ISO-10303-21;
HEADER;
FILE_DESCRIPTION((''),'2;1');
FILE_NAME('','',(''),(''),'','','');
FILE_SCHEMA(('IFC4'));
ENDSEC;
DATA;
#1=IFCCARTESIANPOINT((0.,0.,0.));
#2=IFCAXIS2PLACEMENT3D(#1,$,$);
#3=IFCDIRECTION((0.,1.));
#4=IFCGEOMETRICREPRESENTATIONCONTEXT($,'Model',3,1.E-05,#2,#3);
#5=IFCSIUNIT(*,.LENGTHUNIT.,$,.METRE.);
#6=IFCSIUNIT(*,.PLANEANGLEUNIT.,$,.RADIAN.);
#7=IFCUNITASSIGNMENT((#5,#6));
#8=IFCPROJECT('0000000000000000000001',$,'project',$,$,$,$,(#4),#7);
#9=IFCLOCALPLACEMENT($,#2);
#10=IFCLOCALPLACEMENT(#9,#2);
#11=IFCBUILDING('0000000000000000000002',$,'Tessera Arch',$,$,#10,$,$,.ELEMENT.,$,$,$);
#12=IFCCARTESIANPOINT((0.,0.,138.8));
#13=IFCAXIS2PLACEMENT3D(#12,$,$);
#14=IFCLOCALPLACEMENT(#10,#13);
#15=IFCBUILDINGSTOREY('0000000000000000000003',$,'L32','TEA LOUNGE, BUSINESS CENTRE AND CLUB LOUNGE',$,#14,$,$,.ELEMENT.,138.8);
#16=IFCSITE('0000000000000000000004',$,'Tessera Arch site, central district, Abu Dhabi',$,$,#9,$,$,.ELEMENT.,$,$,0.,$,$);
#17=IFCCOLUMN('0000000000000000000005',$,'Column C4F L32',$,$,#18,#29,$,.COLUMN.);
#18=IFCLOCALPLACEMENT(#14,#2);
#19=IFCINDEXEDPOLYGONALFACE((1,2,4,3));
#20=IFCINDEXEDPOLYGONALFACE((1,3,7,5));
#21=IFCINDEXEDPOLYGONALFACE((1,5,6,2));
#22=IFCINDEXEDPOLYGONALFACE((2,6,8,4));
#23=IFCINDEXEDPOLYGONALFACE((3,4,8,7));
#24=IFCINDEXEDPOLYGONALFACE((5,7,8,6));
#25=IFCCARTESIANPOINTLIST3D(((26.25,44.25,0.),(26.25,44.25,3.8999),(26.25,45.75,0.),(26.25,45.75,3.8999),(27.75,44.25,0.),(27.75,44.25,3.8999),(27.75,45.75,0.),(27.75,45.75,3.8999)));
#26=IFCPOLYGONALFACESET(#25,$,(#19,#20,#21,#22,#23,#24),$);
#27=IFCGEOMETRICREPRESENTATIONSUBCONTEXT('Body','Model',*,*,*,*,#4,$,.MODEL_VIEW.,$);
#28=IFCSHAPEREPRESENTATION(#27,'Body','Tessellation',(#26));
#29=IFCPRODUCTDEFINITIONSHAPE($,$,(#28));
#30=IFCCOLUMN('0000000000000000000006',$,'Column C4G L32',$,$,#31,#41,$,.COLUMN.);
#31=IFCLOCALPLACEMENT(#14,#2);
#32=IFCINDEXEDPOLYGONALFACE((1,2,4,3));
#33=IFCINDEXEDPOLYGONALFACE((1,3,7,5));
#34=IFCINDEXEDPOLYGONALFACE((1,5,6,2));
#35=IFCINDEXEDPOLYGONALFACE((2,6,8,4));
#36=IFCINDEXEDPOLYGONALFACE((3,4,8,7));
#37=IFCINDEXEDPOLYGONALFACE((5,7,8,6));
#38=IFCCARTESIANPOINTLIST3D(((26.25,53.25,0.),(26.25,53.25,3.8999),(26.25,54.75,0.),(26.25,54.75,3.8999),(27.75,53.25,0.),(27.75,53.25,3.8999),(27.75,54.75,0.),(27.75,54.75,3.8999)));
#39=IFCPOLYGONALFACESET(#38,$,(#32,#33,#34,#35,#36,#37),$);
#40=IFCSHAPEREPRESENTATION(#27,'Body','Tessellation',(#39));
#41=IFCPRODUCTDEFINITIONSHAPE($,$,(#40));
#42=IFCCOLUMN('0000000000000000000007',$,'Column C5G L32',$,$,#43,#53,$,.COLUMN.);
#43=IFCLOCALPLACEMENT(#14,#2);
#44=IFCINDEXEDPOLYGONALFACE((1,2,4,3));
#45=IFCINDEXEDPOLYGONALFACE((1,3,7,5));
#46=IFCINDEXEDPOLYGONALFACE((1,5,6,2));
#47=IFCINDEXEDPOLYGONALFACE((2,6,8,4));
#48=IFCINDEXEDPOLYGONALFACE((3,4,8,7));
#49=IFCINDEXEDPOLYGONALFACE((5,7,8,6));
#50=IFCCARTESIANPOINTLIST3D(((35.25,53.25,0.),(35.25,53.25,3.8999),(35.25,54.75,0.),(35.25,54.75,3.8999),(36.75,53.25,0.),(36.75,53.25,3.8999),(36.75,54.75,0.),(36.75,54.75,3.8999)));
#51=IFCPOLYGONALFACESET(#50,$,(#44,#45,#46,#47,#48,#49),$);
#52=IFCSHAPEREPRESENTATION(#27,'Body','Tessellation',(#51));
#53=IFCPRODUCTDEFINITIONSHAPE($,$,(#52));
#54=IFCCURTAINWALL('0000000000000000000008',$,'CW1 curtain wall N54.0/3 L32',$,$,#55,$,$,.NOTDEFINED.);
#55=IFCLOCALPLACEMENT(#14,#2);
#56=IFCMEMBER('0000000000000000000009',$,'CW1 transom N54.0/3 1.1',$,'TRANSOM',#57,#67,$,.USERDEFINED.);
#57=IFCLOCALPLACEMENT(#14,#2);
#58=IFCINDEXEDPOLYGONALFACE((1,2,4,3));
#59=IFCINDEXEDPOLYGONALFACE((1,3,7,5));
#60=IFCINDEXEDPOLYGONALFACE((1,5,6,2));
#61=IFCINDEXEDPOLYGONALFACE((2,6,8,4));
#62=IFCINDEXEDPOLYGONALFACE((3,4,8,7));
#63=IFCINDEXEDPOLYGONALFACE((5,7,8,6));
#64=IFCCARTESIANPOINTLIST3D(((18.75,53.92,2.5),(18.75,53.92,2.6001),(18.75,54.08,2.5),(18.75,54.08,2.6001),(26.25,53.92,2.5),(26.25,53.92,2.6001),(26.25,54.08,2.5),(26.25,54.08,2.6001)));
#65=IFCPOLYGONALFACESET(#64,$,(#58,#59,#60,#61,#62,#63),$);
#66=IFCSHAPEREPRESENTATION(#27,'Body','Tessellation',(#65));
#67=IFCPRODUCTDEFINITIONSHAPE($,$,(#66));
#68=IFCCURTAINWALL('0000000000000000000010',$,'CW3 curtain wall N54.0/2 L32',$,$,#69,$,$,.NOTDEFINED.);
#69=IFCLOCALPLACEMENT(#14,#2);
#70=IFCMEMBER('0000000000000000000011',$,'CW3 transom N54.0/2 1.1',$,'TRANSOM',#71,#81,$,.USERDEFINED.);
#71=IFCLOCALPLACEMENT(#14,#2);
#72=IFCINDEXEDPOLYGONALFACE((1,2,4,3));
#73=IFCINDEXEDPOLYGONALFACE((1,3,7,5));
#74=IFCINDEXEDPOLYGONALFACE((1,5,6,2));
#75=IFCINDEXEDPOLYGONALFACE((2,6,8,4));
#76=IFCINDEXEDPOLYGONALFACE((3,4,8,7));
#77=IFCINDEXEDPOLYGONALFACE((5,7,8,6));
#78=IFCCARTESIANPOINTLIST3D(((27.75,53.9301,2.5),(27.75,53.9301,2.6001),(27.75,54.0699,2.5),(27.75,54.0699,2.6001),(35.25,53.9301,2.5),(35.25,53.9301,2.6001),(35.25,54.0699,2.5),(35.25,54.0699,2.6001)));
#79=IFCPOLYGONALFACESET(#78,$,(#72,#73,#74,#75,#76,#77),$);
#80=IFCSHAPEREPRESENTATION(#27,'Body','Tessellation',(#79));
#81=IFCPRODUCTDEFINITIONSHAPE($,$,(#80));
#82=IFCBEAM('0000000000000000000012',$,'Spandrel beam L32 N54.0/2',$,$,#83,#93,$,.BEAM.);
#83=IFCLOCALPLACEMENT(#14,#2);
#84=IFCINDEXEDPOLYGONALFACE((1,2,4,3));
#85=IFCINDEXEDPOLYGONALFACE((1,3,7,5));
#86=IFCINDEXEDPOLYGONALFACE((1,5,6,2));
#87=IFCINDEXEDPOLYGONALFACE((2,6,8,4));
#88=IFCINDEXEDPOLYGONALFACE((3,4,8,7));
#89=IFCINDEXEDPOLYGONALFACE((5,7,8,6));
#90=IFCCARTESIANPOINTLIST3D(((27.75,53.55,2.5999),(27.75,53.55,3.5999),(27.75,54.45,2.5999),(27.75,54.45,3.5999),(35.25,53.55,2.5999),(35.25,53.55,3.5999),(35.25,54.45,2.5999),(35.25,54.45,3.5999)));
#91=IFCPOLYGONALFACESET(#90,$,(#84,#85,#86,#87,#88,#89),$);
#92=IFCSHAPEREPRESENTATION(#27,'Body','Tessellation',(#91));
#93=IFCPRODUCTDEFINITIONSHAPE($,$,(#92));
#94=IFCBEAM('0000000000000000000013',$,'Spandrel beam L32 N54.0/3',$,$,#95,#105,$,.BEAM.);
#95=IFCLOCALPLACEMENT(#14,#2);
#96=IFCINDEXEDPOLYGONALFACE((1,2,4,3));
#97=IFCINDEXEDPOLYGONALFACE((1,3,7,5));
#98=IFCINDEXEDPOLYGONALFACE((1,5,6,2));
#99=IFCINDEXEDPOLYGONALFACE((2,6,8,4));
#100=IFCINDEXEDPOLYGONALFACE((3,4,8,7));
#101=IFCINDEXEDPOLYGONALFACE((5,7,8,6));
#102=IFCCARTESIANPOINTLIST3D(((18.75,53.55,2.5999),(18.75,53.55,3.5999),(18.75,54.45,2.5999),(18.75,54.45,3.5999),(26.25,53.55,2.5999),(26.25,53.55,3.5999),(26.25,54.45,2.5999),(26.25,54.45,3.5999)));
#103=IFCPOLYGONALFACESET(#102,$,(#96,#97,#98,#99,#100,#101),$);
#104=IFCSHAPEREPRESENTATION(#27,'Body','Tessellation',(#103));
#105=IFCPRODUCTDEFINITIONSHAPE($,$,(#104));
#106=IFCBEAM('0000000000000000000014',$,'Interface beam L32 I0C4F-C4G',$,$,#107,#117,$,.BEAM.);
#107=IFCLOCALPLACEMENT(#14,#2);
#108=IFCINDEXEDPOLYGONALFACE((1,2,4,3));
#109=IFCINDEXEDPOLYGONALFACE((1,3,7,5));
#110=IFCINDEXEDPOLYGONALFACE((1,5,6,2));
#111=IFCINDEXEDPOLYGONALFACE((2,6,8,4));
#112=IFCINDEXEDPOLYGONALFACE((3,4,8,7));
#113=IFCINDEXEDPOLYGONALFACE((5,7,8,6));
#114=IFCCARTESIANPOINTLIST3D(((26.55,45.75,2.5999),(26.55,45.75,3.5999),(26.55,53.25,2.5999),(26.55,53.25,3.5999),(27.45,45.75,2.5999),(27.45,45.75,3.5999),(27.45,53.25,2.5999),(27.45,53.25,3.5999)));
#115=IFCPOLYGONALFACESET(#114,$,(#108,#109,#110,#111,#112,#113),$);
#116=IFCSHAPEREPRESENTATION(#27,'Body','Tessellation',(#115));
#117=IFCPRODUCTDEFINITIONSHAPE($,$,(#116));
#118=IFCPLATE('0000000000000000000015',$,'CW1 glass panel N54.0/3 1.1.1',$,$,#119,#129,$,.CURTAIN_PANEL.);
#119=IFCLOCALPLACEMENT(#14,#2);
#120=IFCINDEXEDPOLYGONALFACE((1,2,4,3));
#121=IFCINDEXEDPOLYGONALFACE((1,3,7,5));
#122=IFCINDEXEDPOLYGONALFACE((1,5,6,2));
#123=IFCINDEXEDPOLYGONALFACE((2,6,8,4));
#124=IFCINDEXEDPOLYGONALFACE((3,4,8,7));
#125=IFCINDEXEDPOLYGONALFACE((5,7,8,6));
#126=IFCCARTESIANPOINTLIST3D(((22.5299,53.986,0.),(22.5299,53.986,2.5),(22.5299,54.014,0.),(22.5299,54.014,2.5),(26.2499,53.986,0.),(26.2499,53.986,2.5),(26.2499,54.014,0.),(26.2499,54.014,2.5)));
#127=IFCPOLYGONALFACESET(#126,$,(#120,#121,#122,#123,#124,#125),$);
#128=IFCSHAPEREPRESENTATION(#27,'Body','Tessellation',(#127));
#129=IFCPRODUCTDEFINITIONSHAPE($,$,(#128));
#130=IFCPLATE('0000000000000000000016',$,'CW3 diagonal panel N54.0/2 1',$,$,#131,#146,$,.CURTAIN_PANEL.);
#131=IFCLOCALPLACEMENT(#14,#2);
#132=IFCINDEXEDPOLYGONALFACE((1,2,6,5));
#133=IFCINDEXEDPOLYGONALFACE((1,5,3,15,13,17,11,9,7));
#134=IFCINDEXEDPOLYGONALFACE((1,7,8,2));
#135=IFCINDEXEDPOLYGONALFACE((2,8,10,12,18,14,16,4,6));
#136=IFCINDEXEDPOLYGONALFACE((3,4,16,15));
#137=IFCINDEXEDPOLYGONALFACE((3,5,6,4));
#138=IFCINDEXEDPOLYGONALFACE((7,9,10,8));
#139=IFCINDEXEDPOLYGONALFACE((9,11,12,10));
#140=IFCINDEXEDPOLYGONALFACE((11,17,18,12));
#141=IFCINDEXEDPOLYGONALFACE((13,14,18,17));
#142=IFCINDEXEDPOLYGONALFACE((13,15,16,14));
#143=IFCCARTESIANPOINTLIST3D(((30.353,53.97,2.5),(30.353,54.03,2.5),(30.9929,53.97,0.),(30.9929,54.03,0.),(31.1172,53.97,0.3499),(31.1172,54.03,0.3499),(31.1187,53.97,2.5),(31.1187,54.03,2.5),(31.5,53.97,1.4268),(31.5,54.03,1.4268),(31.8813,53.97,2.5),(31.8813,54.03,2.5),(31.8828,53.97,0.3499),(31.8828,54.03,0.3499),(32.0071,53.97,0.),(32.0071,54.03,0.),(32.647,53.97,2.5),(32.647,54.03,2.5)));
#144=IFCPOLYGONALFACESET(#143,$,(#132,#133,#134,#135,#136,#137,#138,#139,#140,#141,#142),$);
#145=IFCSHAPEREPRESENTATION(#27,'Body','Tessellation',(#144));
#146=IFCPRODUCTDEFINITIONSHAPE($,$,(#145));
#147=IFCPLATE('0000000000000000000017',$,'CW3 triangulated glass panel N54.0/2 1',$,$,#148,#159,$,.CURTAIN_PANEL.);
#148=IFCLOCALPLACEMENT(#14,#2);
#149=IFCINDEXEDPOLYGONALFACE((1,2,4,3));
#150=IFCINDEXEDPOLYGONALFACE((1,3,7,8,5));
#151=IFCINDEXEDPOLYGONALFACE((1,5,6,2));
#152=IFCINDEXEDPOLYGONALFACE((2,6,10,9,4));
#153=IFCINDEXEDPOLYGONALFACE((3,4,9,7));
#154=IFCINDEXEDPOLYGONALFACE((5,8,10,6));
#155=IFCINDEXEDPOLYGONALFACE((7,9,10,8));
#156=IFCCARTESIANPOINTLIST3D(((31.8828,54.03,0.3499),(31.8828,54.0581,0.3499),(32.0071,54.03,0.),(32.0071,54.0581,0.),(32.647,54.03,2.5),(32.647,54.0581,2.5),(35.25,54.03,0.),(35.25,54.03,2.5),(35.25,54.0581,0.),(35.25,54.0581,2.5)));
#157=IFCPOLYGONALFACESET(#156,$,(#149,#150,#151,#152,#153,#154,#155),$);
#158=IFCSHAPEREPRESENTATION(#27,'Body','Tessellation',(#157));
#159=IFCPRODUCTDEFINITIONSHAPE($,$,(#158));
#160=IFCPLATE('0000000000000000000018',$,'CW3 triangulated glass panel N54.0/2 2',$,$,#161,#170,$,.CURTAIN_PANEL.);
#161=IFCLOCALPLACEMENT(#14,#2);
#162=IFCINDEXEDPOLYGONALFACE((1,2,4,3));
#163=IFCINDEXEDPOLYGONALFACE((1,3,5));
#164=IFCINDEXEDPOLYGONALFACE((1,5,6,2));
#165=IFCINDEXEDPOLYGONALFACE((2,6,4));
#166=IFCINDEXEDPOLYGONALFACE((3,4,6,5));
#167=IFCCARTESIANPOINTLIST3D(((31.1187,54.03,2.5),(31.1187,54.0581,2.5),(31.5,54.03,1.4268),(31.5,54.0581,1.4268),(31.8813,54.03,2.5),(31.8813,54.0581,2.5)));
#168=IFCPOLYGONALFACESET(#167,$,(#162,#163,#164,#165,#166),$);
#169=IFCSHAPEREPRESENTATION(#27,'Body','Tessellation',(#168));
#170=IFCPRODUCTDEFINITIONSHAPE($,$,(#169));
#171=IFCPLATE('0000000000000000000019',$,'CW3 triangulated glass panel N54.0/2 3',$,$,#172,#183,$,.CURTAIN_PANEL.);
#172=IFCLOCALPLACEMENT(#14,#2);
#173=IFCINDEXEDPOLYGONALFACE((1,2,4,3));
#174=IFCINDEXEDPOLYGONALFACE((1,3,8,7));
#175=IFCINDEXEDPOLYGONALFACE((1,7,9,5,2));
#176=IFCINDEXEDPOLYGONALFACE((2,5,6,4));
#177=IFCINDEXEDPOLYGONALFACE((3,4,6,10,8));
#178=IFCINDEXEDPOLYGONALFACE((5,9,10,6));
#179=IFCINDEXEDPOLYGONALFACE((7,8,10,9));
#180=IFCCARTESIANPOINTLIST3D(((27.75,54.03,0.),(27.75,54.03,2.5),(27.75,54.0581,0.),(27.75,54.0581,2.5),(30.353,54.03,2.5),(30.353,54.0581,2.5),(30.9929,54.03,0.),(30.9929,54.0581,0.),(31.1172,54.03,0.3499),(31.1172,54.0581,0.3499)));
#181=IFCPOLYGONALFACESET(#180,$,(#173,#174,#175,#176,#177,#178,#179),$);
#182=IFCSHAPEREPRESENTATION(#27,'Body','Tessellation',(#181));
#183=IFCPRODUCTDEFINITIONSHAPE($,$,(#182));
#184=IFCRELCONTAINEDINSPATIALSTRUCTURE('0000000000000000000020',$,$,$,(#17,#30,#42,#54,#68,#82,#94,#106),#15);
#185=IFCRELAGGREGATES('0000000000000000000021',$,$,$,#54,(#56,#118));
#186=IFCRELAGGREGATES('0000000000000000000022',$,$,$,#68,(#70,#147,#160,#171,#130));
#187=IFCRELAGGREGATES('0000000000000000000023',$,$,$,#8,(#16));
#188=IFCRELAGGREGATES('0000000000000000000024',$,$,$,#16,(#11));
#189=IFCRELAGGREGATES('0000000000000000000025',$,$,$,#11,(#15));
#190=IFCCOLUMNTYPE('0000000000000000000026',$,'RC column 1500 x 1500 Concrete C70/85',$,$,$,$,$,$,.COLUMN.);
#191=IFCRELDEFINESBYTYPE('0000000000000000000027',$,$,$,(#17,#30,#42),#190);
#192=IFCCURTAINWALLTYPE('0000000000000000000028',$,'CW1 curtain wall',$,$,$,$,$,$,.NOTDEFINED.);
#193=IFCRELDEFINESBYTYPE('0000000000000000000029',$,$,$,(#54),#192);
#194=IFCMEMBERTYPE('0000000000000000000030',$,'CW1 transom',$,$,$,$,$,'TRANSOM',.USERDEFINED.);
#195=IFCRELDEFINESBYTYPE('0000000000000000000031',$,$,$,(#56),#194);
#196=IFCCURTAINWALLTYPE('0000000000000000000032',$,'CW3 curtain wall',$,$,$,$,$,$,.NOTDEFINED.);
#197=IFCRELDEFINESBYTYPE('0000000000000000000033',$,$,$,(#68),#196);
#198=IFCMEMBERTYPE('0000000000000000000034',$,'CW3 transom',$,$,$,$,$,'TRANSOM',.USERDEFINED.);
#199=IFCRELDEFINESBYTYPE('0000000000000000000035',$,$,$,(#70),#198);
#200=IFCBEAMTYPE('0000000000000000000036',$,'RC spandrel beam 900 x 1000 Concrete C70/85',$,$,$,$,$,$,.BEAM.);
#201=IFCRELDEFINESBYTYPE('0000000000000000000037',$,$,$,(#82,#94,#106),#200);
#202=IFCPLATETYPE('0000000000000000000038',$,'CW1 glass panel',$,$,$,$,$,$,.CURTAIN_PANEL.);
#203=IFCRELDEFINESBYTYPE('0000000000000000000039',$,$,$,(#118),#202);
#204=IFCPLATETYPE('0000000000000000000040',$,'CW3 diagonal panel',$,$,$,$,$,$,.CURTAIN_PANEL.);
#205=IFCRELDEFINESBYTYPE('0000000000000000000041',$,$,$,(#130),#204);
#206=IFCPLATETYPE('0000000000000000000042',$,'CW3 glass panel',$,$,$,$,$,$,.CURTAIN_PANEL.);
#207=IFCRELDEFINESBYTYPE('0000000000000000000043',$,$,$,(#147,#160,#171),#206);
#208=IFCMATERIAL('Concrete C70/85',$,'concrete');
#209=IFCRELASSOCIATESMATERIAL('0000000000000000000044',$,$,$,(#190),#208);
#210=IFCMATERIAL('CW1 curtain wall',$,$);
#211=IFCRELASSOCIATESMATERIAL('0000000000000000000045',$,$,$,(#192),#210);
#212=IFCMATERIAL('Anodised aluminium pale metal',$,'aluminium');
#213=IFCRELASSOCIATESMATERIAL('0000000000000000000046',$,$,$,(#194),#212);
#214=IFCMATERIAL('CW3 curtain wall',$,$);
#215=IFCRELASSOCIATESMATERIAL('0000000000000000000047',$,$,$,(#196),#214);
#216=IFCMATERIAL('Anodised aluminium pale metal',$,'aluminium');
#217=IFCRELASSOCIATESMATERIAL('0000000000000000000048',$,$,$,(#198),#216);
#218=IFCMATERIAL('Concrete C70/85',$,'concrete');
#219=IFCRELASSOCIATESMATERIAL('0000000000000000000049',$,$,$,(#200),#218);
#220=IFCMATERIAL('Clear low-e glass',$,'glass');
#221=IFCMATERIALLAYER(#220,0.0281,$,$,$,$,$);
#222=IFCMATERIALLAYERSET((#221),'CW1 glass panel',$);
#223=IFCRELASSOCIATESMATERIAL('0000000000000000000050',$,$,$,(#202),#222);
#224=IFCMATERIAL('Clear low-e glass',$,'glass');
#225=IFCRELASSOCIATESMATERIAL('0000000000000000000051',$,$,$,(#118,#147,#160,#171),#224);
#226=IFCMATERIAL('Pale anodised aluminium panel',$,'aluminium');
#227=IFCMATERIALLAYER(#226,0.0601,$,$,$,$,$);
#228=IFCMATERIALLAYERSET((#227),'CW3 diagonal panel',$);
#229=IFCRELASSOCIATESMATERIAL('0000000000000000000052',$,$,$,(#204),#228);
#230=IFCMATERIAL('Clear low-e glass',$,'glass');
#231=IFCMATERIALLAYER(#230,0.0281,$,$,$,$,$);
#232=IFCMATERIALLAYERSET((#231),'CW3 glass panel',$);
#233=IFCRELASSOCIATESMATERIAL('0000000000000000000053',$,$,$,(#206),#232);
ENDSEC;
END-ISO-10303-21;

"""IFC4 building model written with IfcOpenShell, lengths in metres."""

from ifc_helpers import new_model, si_unit, direction, frame, origin, origin_2d, place, context, subcontext, project, spatial, polyline, rectangle, outline, extrude, material, layer, layer_set, material_profile, profile_set, type_object, element, aggregate, save


model = new_model("IFC4")

# Units and contexts
model_context = context("Model", 3, precision=1e-05, world=origin(), true_north=direction((0.0, 1.0)))
body_context = subcontext(model_context, "Body", "Model", "MODEL_VIEW")
ifc_project = project(units=[si_unit("LENGTHUNIT", "METRE"), si_unit("PLANEANGLEUNIT", "RADIAN")], contexts=[model_context])

# Site, building, storey
site_placement = place(None, origin())
site = spatial("IfcSite", under=ifc_project, at=site_placement, Name="Tessera Arch site, central district, Abu Dhabi", CompositionType="ELEMENT", RefElevation=0.0)
building_placement = place(site_placement, origin())
building = spatial("IfcBuilding", under=site, at=building_placement, Name="Tessera Arch", CompositionType="ELEMENT")
storey_placement = place(building_placement, frame((0.0, 0.0, 138.8)))
storey = spatial("IfcBuildingStorey", under=building, at=storey_placement, Name="L32", Description="TEA LOUNGE, BUSINESS CENTRE AND CLUB LOUNGE", CompositionType="ELEMENT", Elevation=138.8)

# Columns
ifc_material_1 = material(Name="Concrete C70/85", Category="concrete")
ifc_material_profile_1 = material_profile(ifc_material_1, rectangle(XDim=1.5, YDim=1.5, at=origin_2d()), Name="RC column 1500 x 1500 Concrete C70/85")
ifc_profile_set_1 = profile_set([ifc_material_profile_1], Name="Concrete C70/85")
column_type = type_object("IfcColumnType", Name="RC column 1500 x 1500 Concrete C70/85", PredefinedType="COLUMN", material=ifc_profile_set_1)
for number, where, z_axis, x_axis, name in (
    (1, (27.0, 45.0, 0.0), (0.0, 0.0, 1.0), (1.0, 0.0, 0.0), "Column C4F L32"),
    (2, (27.0, 54.0, 0.0), (0.0, 0.0, 1.0), (1.0, 0.0, 0.0), "Column C4G L32"),
    (3, (36.0, 54.0, 0.0), (0.0, 0.0, 1.0), (1.0, 0.0, 0.0), "Column C5G L32"),
):
    element("IfcColumn", number, at=place(storey_placement, frame(where, z_axis=z_axis, x_axis=x_axis)), inside=storey, type_object=column_type, Name=name, PredefinedType="COLUMN", context=body_context, shape_type="SweptSolid", body=[
        extrude(rectangle(XDim=1.5, YDim=1.5, at=origin_2d()), origin(), (0.0, 0.0, 1.0), 3.8999),
    ])

# Curtain walls, members
ifc_material_2 = material(Name="CW1 curtain wall")
curtain_wall_type_1 = type_object("IfcCurtainWallType", Name="CW1 curtain wall", PredefinedType="NOTDEFINED", material=ifc_material_2)
curtain_wall_1_placement = place(storey_placement, origin())
curtain_wall_1 = element("IfcCurtainWall", 4, at=curtain_wall_1_placement, inside=storey, type_object=curtain_wall_type_1, Name="CW1 curtain wall N54.0/3 L32", PredefinedType="NOTDEFINED")
ifc_material_3 = material(Name="Anodised aluminium pale metal", Category="aluminium")
ifc_material_profile_2 = material_profile(ifc_material_3, rectangle(XDim=0.1599, YDim=0.1001, at=origin_2d()), Name="AL 160x100")
ifc_profile_set_2 = profile_set([ifc_material_profile_2], Name="Anodised aluminium pale metal")
member_type_1 = type_object("IfcMemberType", Name="CW1 transom", ElementType="TRANSOM", PredefinedType="USERDEFINED", material=ifc_profile_set_2)
member_1_placement = place(storey_placement, frame((26.25, 54.0, 2.55), z_axis=(-1.0, 0.0, 0.0), x_axis=(0.0, -1.0, 0.0)))
member_1 = element("IfcMember", 5, at=member_1_placement, type_object=member_type_1, Name="CW1 transom N54.0/3 1.1", ObjectType="TRANSOM", PredefinedType="USERDEFINED", context=body_context, shape_type="SweptSolid", body=[
    extrude(rectangle(XDim=0.1599, YDim=0.1001, at=origin_2d()), origin(), (0.0, 0.0, 1.0), 7.5),
])
ifc_material_4 = material(Name="CW3 curtain wall")
curtain_wall_type_2 = type_object("IfcCurtainWallType", Name="CW3 curtain wall", PredefinedType="NOTDEFINED", material=ifc_material_4)
curtain_wall_2_placement = place(storey_placement, origin())
curtain_wall_2 = element("IfcCurtainWall", 6, at=curtain_wall_2_placement, inside=storey, type_object=curtain_wall_type_2, Name="CW3 curtain wall N54.0/2 L32", PredefinedType="NOTDEFINED")
ifc_material_5 = material(Name="Anodised aluminium pale metal", Category="aluminium")
ifc_material_profile_3 = material_profile(ifc_material_5, rectangle(XDim=0.1399, YDim=0.1001, at=origin_2d()), Name="AL 140x100")
ifc_profile_set_3 = profile_set([ifc_material_profile_3], Name="Anodised aluminium pale metal")
member_type_2 = type_object("IfcMemberType", Name="CW3 transom", ElementType="TRANSOM", PredefinedType="USERDEFINED", material=ifc_profile_set_3)
member_2_placement = place(storey_placement, frame((35.25, 54.0, 2.55), z_axis=(-1.0, 0.0, 0.0), x_axis=(0.0, -1.0, 0.0)))
member_2 = element("IfcMember", 7, at=member_2_placement, type_object=member_type_2, Name="CW3 transom N54.0/2 1.1", ObjectType="TRANSOM", PredefinedType="USERDEFINED", context=body_context, shape_type="SweptSolid", body=[
    extrude(rectangle(XDim=0.1399, YDim=0.1001, at=origin_2d()), origin(), (0.0, 0.0, 1.0), 7.5),
])

# Beams
ifc_material_6 = material(Name="Concrete C70/85", Category="concrete")
ifc_material_profile_4 = material_profile(ifc_material_6, rectangle(XDim=0.8999, YDim=1.0, at=origin_2d()), Name="RC spandrel beam 900 x 1000 Concrete C70/85")
ifc_profile_set_4 = profile_set([ifc_material_profile_4], Name="Concrete C70/85")
beam_type = type_object("IfcBeamType", Name="RC spandrel beam 900 x 1000 Concrete C70/85", PredefinedType="BEAM", material=ifc_profile_set_4)
for number, where, z_axis, x_axis, name in (
    (8, (35.25, 54.0, 3.0999), (-1.0, 0.0, 0.0), (0.0, -1.0, 0.0), "Spandrel beam L32 N54.0/2"),
    (9, (26.25, 54.0, 3.0999), (-1.0, 0.0, 0.0), (0.0, -1.0, 0.0), "Spandrel beam L32 N54.0/3"),
    (10, (27.0, 45.75, 3.0999), (0.0, 1.0, 0.0), (-1.0, 0.0, 0.0), "Interface beam L32 I0C4F-C4G"),
):
    element("IfcBeam", number, at=place(storey_placement, frame(where, z_axis=z_axis, x_axis=x_axis)), inside=storey, type_object=beam_type, Name=name, PredefinedType="BEAM", context=body_context, shape_type="SweptSolid", body=[
        extrude(rectangle(XDim=0.8999, YDim=1.0, at=origin_2d()), origin(), (0.0, 0.0, 1.0), 7.5),
    ])

# Plates
ifc_material_7 = material(Name="Clear low-e glass", Category="glass")
ifc_material_8 = material(Name="Clear low-e glass", Category="glass")
ifc_layer_1 = layer(ifc_material_8, 0.0281)
ifc_layer_set_1 = layer_set([ifc_layer_1], Name="CW1 glass panel")
plate_type_1 = type_object("IfcPlateType", Name="CW1 glass panel", PredefinedType="CURTAIN_PANEL", material=ifc_layer_set_1)
plate_1_placement = place(storey_placement, frame((24.3899, 54.0, 0.0), z_axis=(0.0, 0.0, 1.0), x_axis=(-1.0, 0.0, 0.0)))
plate_1 = element("IfcPlate", 11, at=plate_1_placement, type_object=plate_type_1, material=ifc_material_7, Name="CW1 glass panel N54.0/3 1.1.1", PredefinedType="CURTAIN_PANEL", context=body_context, shape_type="SweptSolid", body=[
    extrude(rectangle(XDim=3.72, YDim=0.0281, at=origin_2d()), origin(), (0.0, 0.0, 1.0), 2.5),
])
aggregate(curtain_wall_1, [member_1, plate_1])
ifc_material_9 = material(Name="Pale anodised aluminium panel", Category="aluminium")
ifc_layer_2 = layer(ifc_material_9, 0.0601)
ifc_layer_set_2 = layer_set([ifc_layer_2], Name="CW3 diagonal panel")
plate_type_2 = type_object("IfcPlateType", Name="CW3 diagonal panel", PredefinedType="CURTAIN_PANEL", material=ifc_layer_set_2)
plate_2_placement = place(storey_placement, frame((30.353, 54.03, 2.5), z_axis=(0.0, 1.0, 0.0), x_axis=(1.0, 0.0, 0.0)))
plate_2 = element("IfcPlate", 12, at=plate_2_placement, type_object=plate_type_2, Name="CW3 diagonal panel N54.0/2 1", PredefinedType="CURTAIN_PANEL", context=body_context, shape_type="SweptSolid", body=[
    extrude(outline(polyline([(0.0, 0.0), (0.7656, 0.0), (1.147, 1.0732), (1.5283, 0.0), (2.2939, 0.0), (1.5298, 2.1501), (1.6541, 2.5), (0.6399, 2.5), (0.7642, 2.1501), (0.0, 0.0)])), origin(), (0.0, 0.0, -1.0), 0.0601),
])
ifc_material_10 = material(Name="Clear low-e glass", Category="glass")
ifc_layer_3 = layer(ifc_material_10, 0.0281)
ifc_layer_set_3 = layer_set([ifc_layer_3], Name="CW3 glass panel")
plate_type_3 = type_object("IfcPlateType", Name="CW3 glass panel", PredefinedType="CURTAIN_PANEL", material=ifc_layer_set_3)
plate_3_placement = place(storey_placement, frame((35.25, 54.0581, 0.0), z_axis=(0.0, 1.0, 0.0), x_axis=(-1.0, 0.0, 0.0)))
plate_3 = element("IfcPlate", 13, at=plate_3_placement, type_object=plate_type_3, material=ifc_material_7, Name="CW3 triangulated glass panel N54.0/2 1", PredefinedType="CURTAIN_PANEL", context=body_context, shape_type="SweptSolid", body=[
    extrude(outline(polyline([(0.0, 0.0), (3.2429, 0.0), (3.3672, 0.3499), (2.603, 2.5), (0.0, 2.5), (0.0, 0.0)])), origin(), (0.0, 0.0, -1.0), 0.0281),
])
plate_4_placement = place(storey_placement, frame((31.1187, 54.0581, 2.5), z_axis=(0.0, 1.0, 0.0), x_axis=(1.0, 0.0, 0.0)))
plate_4 = element("IfcPlate", 14, at=plate_4_placement, type_object=plate_type_3, material=ifc_material_7, Name="CW3 triangulated glass panel N54.0/2 2", PredefinedType="CURTAIN_PANEL", context=body_context, shape_type="SweptSolid", body=[
    extrude(outline(polyline([(0.0, 0.0), (0.7627, 0.0), (0.3813, 1.0732), (0.0, 0.0)])), origin(), (0.0, 0.0, -1.0), 0.0281),
])
plate_5_placement = place(storey_placement, frame((27.75, 54.0581, 2.5), z_axis=(0.0, 1.0, 0.0), x_axis=(1.0, 0.0, 0.0)))
plate_5 = element("IfcPlate", 15, at=plate_5_placement, type_object=plate_type_3, material=ifc_material_7, Name="CW3 triangulated glass panel N54.0/2 3", PredefinedType="CURTAIN_PANEL", context=body_context, shape_type="SweptSolid", body=[
    extrude(outline(polyline([(0.0, 0.0), (2.603, 0.0), (3.3672, 2.1501), (3.2429, 2.5), (0.0, 2.5), (0.0, 0.0)])), origin(), (0.0, 0.0, -1.0), 0.0281),
])
aggregate(curtain_wall_2, [member_2, plate_3, plate_4, plate_5, plate_2])

save(model, "model.ifc")
